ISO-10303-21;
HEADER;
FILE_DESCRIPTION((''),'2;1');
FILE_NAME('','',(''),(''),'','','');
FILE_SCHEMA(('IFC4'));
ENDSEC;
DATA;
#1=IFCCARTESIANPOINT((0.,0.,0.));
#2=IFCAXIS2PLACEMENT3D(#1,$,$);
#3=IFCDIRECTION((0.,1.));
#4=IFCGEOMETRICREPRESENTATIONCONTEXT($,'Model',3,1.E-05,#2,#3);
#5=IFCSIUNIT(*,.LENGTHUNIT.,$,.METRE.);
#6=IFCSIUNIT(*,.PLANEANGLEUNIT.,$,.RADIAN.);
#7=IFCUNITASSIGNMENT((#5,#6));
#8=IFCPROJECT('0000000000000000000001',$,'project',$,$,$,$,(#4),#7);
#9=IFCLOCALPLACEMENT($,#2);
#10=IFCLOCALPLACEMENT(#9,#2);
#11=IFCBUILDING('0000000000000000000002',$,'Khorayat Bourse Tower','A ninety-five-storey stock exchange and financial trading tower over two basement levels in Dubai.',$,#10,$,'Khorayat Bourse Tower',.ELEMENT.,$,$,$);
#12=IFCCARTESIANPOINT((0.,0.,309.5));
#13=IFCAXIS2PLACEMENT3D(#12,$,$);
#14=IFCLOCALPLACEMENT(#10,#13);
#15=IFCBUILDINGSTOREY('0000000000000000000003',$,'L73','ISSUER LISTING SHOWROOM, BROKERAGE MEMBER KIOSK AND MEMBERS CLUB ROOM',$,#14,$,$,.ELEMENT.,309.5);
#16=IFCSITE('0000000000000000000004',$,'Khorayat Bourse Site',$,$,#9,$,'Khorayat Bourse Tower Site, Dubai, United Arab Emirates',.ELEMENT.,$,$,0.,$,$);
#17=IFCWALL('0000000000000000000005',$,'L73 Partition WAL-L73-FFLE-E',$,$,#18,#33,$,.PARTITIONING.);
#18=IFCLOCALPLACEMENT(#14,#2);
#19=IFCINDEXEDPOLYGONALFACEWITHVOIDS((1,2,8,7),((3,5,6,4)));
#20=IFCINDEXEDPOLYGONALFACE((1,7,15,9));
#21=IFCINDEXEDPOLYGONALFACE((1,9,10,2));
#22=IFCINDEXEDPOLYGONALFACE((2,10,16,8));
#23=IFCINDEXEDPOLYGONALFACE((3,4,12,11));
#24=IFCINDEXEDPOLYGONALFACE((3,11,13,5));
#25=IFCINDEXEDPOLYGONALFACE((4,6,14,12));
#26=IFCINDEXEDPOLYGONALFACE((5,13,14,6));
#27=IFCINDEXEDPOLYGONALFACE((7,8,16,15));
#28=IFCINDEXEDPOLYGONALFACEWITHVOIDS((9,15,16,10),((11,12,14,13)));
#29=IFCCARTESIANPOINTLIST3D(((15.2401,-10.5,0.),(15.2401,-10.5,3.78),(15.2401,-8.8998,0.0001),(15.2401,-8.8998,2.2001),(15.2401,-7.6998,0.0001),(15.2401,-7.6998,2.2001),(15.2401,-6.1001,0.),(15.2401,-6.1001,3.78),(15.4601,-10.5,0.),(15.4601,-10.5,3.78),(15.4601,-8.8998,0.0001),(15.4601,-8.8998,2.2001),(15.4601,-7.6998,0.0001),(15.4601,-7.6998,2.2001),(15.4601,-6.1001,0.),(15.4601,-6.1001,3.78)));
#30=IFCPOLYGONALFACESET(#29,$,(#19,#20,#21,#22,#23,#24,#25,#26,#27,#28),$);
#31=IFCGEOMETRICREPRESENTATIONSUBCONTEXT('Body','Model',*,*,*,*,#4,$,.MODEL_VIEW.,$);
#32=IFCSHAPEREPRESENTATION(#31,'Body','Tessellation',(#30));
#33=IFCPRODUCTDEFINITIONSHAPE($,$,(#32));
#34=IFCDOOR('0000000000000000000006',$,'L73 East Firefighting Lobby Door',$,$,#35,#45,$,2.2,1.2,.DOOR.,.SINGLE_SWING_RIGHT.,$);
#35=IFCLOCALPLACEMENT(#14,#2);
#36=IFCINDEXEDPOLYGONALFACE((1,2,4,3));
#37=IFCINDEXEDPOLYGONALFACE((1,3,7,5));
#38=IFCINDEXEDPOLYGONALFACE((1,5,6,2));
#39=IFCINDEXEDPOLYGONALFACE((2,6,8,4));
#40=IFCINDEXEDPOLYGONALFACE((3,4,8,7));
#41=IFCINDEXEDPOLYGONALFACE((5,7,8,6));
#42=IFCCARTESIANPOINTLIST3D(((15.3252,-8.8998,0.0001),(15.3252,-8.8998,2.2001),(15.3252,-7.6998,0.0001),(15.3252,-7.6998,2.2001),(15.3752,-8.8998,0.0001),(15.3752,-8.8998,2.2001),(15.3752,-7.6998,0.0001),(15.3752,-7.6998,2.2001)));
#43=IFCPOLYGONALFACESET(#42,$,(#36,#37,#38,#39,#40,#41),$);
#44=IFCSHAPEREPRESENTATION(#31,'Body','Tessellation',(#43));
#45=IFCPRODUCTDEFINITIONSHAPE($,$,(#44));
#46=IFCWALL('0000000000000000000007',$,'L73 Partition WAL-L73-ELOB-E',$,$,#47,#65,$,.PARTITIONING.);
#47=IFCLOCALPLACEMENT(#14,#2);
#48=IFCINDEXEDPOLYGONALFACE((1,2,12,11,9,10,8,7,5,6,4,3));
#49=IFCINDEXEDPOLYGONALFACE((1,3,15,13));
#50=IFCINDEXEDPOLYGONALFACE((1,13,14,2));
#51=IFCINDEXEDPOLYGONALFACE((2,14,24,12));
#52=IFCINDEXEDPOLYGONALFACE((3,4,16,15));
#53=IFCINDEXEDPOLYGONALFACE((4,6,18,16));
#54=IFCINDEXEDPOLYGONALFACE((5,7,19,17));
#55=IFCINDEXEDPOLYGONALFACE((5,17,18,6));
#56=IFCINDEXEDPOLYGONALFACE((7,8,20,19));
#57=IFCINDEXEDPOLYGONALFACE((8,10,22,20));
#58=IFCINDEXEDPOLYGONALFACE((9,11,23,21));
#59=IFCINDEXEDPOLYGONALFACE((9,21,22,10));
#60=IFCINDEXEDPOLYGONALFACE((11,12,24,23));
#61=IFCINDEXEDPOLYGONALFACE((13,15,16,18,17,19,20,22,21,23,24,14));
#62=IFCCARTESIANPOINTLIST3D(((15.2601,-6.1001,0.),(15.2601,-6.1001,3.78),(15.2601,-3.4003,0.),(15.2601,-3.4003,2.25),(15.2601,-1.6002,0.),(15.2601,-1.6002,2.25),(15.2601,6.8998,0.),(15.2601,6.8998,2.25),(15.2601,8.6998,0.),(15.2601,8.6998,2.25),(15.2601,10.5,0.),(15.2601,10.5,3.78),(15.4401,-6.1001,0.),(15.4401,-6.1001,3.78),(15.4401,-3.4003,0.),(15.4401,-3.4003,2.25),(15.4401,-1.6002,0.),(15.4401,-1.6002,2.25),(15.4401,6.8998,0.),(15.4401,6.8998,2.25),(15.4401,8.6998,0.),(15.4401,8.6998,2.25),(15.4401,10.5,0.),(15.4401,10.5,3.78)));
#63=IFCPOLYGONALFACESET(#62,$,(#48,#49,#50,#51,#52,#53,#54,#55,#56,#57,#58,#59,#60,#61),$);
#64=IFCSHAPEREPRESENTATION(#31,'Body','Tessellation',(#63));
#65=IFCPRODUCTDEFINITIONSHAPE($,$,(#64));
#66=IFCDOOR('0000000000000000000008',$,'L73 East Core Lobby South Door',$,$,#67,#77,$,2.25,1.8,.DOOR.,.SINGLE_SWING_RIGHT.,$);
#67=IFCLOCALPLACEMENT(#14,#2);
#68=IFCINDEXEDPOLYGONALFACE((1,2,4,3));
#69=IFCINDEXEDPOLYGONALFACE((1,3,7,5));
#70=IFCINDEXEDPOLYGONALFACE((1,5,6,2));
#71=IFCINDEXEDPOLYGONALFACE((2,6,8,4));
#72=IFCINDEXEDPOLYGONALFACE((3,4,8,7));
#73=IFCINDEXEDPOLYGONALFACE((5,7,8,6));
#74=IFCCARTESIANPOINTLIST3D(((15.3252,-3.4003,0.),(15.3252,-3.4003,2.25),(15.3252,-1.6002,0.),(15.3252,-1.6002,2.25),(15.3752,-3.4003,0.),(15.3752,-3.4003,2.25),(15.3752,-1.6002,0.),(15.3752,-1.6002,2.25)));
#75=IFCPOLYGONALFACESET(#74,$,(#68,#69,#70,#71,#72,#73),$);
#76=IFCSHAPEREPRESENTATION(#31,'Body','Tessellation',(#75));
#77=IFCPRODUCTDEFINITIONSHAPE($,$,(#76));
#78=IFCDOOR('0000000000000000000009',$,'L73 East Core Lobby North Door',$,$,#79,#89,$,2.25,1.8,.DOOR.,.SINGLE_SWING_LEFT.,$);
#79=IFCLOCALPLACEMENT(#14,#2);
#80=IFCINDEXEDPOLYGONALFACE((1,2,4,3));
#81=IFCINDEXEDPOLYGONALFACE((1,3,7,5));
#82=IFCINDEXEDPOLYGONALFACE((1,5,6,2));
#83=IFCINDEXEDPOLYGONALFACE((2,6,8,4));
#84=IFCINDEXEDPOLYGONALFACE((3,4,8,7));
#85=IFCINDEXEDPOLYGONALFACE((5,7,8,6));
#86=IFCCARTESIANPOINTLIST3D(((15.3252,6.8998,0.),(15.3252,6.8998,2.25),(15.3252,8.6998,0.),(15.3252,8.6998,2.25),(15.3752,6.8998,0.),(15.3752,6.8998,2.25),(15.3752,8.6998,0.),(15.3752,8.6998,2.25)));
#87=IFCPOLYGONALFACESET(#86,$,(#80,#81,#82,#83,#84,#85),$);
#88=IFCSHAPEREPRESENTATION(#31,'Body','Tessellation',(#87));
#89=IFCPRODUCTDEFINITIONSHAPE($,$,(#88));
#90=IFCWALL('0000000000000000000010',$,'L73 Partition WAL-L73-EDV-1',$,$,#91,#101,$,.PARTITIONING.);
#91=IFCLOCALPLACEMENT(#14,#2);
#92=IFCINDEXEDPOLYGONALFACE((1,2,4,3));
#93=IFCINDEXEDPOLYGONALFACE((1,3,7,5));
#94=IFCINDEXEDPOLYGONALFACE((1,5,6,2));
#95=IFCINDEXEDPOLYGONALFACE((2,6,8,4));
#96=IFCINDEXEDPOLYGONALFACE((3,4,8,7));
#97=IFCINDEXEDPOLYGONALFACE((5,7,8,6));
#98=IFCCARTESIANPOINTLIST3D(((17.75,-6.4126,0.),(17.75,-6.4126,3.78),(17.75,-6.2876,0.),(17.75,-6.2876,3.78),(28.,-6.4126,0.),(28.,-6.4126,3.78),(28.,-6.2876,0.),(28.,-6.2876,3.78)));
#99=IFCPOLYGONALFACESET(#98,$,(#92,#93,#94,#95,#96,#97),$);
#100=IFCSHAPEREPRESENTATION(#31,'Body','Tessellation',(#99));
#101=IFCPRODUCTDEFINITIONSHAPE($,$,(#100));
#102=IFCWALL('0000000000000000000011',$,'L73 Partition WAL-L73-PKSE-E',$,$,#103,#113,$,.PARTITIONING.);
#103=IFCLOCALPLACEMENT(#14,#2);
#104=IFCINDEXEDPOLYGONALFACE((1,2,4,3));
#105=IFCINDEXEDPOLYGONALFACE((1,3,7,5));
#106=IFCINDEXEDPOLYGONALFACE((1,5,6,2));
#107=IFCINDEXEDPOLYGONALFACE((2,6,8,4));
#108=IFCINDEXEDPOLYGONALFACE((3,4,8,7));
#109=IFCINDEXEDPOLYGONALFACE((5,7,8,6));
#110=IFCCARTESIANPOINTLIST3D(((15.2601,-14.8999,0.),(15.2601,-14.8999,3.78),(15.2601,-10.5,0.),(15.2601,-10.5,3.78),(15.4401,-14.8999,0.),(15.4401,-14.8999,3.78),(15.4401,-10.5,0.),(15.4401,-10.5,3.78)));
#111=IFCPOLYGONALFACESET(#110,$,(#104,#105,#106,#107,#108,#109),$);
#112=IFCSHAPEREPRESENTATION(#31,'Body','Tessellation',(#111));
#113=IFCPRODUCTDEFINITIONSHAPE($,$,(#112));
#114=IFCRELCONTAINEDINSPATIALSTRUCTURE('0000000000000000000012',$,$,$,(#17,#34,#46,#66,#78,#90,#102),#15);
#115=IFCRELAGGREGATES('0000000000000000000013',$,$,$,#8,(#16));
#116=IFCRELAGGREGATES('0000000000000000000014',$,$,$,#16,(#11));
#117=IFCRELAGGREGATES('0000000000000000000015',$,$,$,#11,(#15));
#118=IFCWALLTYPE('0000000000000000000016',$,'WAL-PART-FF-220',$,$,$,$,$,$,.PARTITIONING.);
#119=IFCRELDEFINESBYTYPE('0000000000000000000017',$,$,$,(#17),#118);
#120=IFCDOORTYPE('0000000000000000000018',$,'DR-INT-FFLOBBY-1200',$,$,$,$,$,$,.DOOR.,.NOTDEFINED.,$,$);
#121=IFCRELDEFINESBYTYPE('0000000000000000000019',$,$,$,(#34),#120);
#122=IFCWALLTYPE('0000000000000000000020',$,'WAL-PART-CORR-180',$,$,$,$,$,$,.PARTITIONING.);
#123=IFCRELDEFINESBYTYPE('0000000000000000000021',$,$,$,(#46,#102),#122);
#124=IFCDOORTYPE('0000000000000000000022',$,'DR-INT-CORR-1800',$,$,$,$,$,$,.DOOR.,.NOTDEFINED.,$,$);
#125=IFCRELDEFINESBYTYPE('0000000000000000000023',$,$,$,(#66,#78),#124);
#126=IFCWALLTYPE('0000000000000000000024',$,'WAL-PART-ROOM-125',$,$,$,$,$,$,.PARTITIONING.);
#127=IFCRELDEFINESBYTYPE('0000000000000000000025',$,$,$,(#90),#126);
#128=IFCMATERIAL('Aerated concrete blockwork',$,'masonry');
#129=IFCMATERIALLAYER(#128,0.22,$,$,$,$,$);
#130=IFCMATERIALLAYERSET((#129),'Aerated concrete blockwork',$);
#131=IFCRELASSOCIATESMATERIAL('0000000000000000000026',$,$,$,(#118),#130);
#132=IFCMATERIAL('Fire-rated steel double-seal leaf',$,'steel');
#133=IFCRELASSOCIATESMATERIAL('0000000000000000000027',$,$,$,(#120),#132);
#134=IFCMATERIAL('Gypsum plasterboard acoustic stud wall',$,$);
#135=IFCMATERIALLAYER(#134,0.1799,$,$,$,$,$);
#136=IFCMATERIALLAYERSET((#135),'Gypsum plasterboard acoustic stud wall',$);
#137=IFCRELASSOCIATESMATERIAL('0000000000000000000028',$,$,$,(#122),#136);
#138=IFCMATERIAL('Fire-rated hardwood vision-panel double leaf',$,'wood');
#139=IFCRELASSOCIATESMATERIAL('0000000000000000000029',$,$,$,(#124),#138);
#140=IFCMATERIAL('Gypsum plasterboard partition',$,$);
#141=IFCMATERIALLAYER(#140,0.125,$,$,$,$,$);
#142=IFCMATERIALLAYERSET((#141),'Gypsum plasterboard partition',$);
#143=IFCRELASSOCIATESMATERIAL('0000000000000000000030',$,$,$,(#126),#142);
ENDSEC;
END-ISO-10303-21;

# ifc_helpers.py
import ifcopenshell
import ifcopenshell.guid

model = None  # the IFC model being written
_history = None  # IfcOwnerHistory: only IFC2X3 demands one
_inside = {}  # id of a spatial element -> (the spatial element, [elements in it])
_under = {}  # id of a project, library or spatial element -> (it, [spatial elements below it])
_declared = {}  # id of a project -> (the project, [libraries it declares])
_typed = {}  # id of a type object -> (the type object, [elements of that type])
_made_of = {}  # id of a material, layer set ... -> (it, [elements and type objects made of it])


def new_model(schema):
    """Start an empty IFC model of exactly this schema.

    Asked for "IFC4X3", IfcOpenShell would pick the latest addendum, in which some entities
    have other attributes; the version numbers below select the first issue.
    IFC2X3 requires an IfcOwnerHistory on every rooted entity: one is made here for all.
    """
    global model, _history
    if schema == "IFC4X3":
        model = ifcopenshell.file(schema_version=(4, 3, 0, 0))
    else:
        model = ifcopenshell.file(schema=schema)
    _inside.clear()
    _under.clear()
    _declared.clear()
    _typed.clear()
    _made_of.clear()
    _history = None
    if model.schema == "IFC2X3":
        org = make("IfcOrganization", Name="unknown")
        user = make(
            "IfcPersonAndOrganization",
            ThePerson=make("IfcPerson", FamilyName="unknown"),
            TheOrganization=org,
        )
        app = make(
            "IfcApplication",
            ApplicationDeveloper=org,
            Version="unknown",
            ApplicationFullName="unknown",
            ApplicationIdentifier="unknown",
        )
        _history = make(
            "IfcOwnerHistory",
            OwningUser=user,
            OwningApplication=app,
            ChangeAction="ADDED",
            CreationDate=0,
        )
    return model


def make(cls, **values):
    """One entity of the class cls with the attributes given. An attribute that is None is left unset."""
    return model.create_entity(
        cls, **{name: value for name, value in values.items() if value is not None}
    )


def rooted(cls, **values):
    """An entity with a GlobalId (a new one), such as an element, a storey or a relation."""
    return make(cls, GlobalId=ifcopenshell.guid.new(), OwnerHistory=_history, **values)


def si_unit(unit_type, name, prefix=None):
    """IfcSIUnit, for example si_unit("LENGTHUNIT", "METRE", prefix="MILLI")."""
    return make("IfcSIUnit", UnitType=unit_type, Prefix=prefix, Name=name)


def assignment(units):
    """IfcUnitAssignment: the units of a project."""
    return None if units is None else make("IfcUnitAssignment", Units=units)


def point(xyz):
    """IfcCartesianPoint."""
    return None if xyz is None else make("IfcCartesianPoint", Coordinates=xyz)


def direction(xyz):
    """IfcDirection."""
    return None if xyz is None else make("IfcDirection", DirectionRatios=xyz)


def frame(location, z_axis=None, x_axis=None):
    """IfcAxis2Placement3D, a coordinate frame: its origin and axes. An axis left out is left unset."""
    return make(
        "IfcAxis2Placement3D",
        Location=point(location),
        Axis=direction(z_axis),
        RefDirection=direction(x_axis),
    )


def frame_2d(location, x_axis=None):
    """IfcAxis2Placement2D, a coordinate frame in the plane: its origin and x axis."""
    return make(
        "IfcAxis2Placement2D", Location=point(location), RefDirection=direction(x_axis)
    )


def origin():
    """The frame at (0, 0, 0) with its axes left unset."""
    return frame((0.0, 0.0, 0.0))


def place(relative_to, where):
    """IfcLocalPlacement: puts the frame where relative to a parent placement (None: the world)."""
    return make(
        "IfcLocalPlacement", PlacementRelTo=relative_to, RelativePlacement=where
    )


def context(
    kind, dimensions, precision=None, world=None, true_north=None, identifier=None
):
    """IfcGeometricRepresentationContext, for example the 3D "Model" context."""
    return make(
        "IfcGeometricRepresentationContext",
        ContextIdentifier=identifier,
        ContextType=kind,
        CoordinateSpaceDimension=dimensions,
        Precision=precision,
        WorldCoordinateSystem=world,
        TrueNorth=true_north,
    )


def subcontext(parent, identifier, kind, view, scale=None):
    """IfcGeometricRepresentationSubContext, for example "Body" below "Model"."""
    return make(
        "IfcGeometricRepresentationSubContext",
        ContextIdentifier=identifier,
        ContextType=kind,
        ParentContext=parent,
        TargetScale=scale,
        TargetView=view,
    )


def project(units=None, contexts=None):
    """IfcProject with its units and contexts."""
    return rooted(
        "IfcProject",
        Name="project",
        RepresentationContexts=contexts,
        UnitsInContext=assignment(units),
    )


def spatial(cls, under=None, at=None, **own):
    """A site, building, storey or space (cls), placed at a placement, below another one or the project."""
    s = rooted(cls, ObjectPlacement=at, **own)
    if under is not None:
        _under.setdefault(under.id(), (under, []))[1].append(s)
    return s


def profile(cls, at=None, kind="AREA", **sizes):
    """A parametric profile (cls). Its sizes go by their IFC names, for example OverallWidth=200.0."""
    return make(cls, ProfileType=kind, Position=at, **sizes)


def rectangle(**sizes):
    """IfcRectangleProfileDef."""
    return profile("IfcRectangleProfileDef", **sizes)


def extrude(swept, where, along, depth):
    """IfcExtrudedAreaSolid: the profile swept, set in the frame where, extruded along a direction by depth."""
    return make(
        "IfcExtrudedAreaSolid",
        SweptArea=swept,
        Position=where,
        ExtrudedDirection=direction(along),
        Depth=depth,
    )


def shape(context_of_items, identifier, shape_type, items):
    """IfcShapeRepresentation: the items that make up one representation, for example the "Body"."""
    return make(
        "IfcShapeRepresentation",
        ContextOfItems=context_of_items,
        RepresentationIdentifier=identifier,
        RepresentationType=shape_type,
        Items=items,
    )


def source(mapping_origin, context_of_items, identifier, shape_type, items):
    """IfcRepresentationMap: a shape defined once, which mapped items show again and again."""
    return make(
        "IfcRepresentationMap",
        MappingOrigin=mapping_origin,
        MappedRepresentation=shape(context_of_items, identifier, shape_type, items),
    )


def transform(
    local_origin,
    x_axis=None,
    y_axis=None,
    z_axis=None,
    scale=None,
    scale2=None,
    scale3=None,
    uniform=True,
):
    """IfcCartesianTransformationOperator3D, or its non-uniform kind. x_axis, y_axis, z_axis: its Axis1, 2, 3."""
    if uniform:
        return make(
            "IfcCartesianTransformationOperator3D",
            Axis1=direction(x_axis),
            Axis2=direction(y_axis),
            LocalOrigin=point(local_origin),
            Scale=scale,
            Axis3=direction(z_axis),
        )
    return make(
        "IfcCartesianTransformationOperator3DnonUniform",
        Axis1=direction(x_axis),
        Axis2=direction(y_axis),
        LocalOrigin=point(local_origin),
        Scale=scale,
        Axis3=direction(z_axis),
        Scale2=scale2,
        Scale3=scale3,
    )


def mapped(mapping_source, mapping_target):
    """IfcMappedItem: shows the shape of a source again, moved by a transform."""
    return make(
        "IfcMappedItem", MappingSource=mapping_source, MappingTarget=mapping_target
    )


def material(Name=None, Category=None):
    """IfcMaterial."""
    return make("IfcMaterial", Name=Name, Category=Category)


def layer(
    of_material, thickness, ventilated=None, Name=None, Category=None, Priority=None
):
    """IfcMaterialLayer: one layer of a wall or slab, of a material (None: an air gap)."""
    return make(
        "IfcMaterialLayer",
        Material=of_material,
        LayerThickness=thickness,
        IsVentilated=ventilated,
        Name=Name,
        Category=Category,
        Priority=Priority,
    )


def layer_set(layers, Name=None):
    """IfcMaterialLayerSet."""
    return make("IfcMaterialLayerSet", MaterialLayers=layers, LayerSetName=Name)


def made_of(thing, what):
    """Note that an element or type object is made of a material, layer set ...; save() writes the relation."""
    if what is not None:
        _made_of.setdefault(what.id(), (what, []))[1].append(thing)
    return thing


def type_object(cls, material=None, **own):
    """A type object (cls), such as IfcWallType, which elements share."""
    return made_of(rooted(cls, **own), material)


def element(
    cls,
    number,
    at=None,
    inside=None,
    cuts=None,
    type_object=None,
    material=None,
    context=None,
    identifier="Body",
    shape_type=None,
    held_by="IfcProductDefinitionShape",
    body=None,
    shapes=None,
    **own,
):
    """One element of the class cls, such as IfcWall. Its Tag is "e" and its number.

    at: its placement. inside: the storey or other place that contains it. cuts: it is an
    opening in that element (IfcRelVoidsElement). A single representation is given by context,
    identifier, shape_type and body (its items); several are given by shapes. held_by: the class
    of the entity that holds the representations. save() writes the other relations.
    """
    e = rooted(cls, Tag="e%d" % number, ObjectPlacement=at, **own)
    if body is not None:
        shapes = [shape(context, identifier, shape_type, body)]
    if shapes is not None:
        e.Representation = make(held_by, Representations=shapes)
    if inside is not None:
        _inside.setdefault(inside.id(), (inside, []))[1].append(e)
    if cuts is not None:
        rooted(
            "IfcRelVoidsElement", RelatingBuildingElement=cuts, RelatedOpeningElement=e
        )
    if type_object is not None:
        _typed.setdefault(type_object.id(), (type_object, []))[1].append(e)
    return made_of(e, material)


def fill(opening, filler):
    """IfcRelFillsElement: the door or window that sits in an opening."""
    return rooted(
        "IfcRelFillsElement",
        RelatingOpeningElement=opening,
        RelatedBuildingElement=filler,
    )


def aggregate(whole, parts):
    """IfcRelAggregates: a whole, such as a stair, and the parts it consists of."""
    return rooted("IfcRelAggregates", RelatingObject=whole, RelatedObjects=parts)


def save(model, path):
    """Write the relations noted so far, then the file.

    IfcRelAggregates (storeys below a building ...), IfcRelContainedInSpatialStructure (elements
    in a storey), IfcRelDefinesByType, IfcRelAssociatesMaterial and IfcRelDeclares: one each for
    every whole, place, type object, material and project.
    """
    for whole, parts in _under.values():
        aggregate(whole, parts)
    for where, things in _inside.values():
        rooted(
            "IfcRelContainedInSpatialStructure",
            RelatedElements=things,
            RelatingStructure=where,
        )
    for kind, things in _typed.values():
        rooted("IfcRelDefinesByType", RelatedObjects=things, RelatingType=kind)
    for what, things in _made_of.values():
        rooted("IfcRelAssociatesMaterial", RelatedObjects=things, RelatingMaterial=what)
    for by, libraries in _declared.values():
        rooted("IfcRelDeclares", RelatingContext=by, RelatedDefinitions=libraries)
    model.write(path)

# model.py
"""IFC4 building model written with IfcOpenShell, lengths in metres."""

from ifc_helpers import new_model, si_unit, direction, frame, frame_2d, origin, place, context, subcontext, project, spatial, rectangle, extrude, source, transform, mapped, material, layer, layer_set, type_object, element, fill, save


model = new_model("IFC4")

# Units and contexts
model_context = context("Model", 3, precision=1e-05, world=origin(), true_north=direction((0.0, 1.0)))
body_context = subcontext(model_context, "Body", "Model", "MODEL_VIEW")
ifc_project = project(units=[si_unit("LENGTHUNIT", "METRE"), si_unit("PLANEANGLEUNIT", "RADIAN")], contexts=[model_context])

# Site, building, storey
site_placement = place(None, origin())
site = spatial("IfcSite", under=ifc_project, at=site_placement, Name="Khorayat Bourse Site", LongName="Khorayat Bourse Tower Site, Dubai, United Arab Emirates", CompositionType="ELEMENT", RefElevation=0.0)
building_placement = place(site_placement, origin())
building = spatial("IfcBuilding", under=site, at=building_placement, Name="Khorayat Bourse Tower", Description="A ninety-five-storey stock exchange and financial trading tower over two basement levels in Dubai.", LongName="Khorayat Bourse Tower", CompositionType="ELEMENT")
storey_placement = place(building_placement, frame((0.0, 0.0, 309.5)))
storey = spatial("IfcBuildingStorey", under=building, at=storey_placement, Name="L73", Description="ISSUER LISTING SHOWROOM, BROKERAGE MEMBER KIOSK AND MEMBERS CLUB ROOM", CompositionType="ELEMENT", Elevation=309.5)

# Shared definitions
ifc_material_1 = material(Name="Aerated concrete blockwork", Category="masonry")
ifc_layer_1 = layer(ifc_material_1, 0.22)
ifc_layer_set_1 = layer_set([ifc_layer_1], Name="Aerated concrete blockwork")
wall_type_1 = type_object("IfcWallType", Name="WAL-PART-FF-220", PredefinedType="PARTITIONING", material=ifc_layer_set_1)

# Wall, opening, door
shared_shape_1 = source(origin(), body_context, "Body", "SweptSolid", [
    extrude(rectangle(XDim=4.3999, YDim=0.22, at=frame_2d((2.2, 0.0))), origin(), (0.0, 0.0, 1.0), 3.78),
])
wall_1_placement = place(storey_placement, frame((15.3501, -10.5, 0.0), z_axis=(0.0, 0.0, 1.0), x_axis=(0.0, 1.0, 0.0)))
wall_1 = element("IfcWall", 1, at=wall_1_placement, inside=storey, type_object=wall_type_1, Name="L73 Partition WAL-L73-FFLE-E", PredefinedType="PARTITIONING", context=body_context, shape_type="MappedRepresentation", body=[
    mapped(shared_shape_1, transform((0.0, 0.0, 0.0), scale=1.0)),
])
shared_shape_2 = source(origin(), body_context, "Body", "SweptSolid", [
    extrude(rectangle(XDim=1.2, YDim=2.2, at=frame_2d((0.6001, 1.1001))), frame((0.0, 0.1199, 0.0), z_axis=(0.0, -1.0, 0.0), x_axis=(1.0, 0.0, 0.0)), (0.0, 0.0, 1.0), 0.24),
])
opening_1_placement = place(wall_1_placement, frame((1.6001, 0.0, 0.0)))
opening_1 = element("IfcOpeningElement", 2, at=opening_1_placement, cuts=wall_1, PredefinedType="OPENING", context=body_context, shape_type="MappedRepresentation", body=[
    mapped(shared_shape_2, transform((0.0, 0.0, 0.0), scale=1.0)),
])
ifc_material_2 = material(Name="Fire-rated steel double-seal leaf", Category="steel")
door_type_1 = type_object("IfcDoorType", Name="DR-INT-FFLOBBY-1200", OperationType="NOTDEFINED", PredefinedType="DOOR", material=ifc_material_2)
shared_shape_3 = source(origin(), body_context, "Body", "SweptSolid", [
    extrude(rectangle(XDim=1.2, YDim=2.2, at=frame_2d((0.6001, 1.1001))), frame((0.0, 0.0249, 0.0), z_axis=(0.0, -1.0, 0.0), x_axis=(1.0, 0.0, 0.0)), (0.0, 0.0, 1.0), 0.05),
])
door_1_placement = place(opening_1_placement, origin())
door_1 = element("IfcDoor", 3, at=door_1_placement, inside=storey, type_object=door_type_1, Name="L73 East Firefighting Lobby Door", OperationType="SINGLE_SWING_RIGHT", OverallHeight=2.2, OverallWidth=1.2, PredefinedType="DOOR", context=body_context, shape_type="MappedRepresentation", body=[
    mapped(shared_shape_3, transform((0.0, 0.0, 0.0), scale=1.0)),
])
fill(opening_1, door_1)

# Wall, openings, doors
ifc_material_3 = material(Name="Gypsum plasterboard acoustic stud wall")
ifc_layer_2 = layer(ifc_material_3, 0.1799)
ifc_layer_set_2 = layer_set([ifc_layer_2], Name="Gypsum plasterboard acoustic stud wall")
wall_type_2 = type_object("IfcWallType", Name="WAL-PART-CORR-180", PredefinedType="PARTITIONING", material=ifc_layer_set_2)
shared_shape_4 = source(origin(), body_context, "Body", "SweptSolid", [
    extrude(rectangle(XDim=16.6001, YDim=0.1799, at=frame_2d((8.3, 0.0))), origin(), (0.0, 0.0, 1.0), 3.78),
])
wall_2_placement = place(storey_placement, frame((15.3501, -6.1001, 0.0), z_axis=(0.0, 0.0, 1.0), x_axis=(0.0, 1.0, 0.0)))
wall_2 = element("IfcWall", 4, at=wall_2_placement, inside=storey, type_object=wall_type_2, Name="L73 Partition WAL-L73-ELOB-E", PredefinedType="PARTITIONING", context=body_context, shape_type="MappedRepresentation", body=[
    mapped(shared_shape_4, transform((0.0, 0.0, 0.0), scale=1.0)),
])
shared_shape_5 = source(origin(), body_context, "Body", "SweptSolid", [
    extrude(rectangle(XDim=1.8, YDim=2.25, at=frame_2d((0.8999, 1.125))), frame((0.0, 0.0999, 0.0), z_axis=(0.0, -1.0, 0.0), x_axis=(1.0, 0.0, 0.0)), (0.0, 0.0, 1.0), 0.2),
])
opening_2_placement = place(wall_2_placement, frame((2.7, 0.0, 0.0)))
opening_2 = element("IfcOpeningElement", 5, at=opening_2_placement, cuts=wall_2, PredefinedType="OPENING", context=body_context, shape_type="MappedRepresentation", body=[
    mapped(shared_shape_5, transform((0.0, 0.0, 0.0), scale=1.0)),
])
opening_3_placement = place(wall_2_placement, frame((13.0, 0.0, 0.0)))
opening_3 = element("IfcOpeningElement", 6, at=opening_3_placement, cuts=wall_2, PredefinedType="OPENING", context=body_context, shape_type="MappedRepresentation", body=[
    mapped(shared_shape_5, transform((0.0, 0.0, 0.0), scale=1.0)),
])
ifc_material_4 = material(Name="Fire-rated hardwood vision-panel double leaf", Category="wood")
door_type_2 = type_object("IfcDoorType", Name="DR-INT-CORR-1800", OperationType="NOTDEFINED", PredefinedType="DOOR", material=ifc_material_4)
shared_shape_6 = source(origin(), body_context, "Body", "SweptSolid", [
    extrude(rectangle(XDim=1.8, YDim=2.25, at=frame_2d((0.8999, 1.125))), frame((0.0, 0.0249, 0.0), z_axis=(0.0, -1.0, 0.0), x_axis=(1.0, 0.0, 0.0)), (0.0, 0.0, 1.0), 0.05),
])
door_2_placement = place(opening_2_placement, origin())
door_2 = element("IfcDoor", 7, at=door_2_placement, inside=storey, type_object=door_type_2, Name="L73 East Core Lobby South Door", OperationType="SINGLE_SWING_RIGHT", OverallHeight=2.25, OverallWidth=1.8, PredefinedType="DOOR", context=body_context, shape_type="MappedRepresentation", body=[
    mapped(shared_shape_6, transform((0.0, 0.0, 0.0), scale=1.0)),
])
fill(opening_2, door_2)
door_3_placement = place(opening_3_placement, origin())
door_3 = element("IfcDoor", 8, at=door_3_placement, inside=storey, type_object=door_type_2, Name="L73 East Core Lobby North Door", OperationType="SINGLE_SWING_LEFT", OverallHeight=2.25, OverallWidth=1.8, PredefinedType="DOOR", context=body_context, shape_type="MappedRepresentation", body=[
    mapped(shared_shape_6, transform((0.0, 0.0, 0.0), scale=1.0)),
])
fill(opening_3, door_3)

# Walls
ifc_material_5 = material(Name="Gypsum plasterboard partition")
ifc_layer_3 = layer(ifc_material_5, 0.125)
ifc_layer_set_3 = layer_set([ifc_layer_3], Name="Gypsum plasterboard partition")
wall_type_3 = type_object("IfcWallType", Name="WAL-PART-ROOM-125", PredefinedType="PARTITIONING", material=ifc_layer_set_3)
shared_shape_7 = source(origin(), body_context, "Body", "SweptSolid", [
    extrude(rectangle(XDim=10.25, YDim=0.125, at=frame_2d((5.125, 0.0))), origin(), (0.0, 0.0, 1.0), 3.78),
])
wall_3_placement = place(storey_placement, frame((17.75, -6.3501, 0.0), z_axis=(0.0, 0.0, 1.0), x_axis=(1.0, 0.0, 0.0)))
element("IfcWall", 9, at=wall_3_placement, inside=storey, type_object=wall_type_3, Name="L73 Partition WAL-L73-EDV-1", PredefinedType="PARTITIONING", context=body_context, shape_type="MappedRepresentation", body=[
    mapped(shared_shape_7, transform((0.0, 0.0, 0.0), scale=1.0)),
])
shared_shape_8 = source(origin(), body_context, "Body", "SweptSolid", [
    extrude(rectangle(XDim=4.3999, YDim=0.1799, at=frame_2d((2.2, 0.0))), origin(), (0.0, 0.0, 1.0), 3.78),
])
wall_4_placement = place(storey_placement, frame((15.3501, -14.8999, 0.0), z_axis=(0.0, 0.0, 1.0), x_axis=(0.0, 1.0, 0.0)))
element("IfcWall", 10, at=wall_4_placement, inside=storey, type_object=wall_type_2, Name="L73 Partition WAL-L73-PKSE-E", PredefinedType="PARTITIONING", context=body_context, shape_type="MappedRepresentation", body=[
    mapped(shared_shape_8, transform((0.0, 0.0, 0.0), scale=1.0)),
])

save(model, "model.ifc")
